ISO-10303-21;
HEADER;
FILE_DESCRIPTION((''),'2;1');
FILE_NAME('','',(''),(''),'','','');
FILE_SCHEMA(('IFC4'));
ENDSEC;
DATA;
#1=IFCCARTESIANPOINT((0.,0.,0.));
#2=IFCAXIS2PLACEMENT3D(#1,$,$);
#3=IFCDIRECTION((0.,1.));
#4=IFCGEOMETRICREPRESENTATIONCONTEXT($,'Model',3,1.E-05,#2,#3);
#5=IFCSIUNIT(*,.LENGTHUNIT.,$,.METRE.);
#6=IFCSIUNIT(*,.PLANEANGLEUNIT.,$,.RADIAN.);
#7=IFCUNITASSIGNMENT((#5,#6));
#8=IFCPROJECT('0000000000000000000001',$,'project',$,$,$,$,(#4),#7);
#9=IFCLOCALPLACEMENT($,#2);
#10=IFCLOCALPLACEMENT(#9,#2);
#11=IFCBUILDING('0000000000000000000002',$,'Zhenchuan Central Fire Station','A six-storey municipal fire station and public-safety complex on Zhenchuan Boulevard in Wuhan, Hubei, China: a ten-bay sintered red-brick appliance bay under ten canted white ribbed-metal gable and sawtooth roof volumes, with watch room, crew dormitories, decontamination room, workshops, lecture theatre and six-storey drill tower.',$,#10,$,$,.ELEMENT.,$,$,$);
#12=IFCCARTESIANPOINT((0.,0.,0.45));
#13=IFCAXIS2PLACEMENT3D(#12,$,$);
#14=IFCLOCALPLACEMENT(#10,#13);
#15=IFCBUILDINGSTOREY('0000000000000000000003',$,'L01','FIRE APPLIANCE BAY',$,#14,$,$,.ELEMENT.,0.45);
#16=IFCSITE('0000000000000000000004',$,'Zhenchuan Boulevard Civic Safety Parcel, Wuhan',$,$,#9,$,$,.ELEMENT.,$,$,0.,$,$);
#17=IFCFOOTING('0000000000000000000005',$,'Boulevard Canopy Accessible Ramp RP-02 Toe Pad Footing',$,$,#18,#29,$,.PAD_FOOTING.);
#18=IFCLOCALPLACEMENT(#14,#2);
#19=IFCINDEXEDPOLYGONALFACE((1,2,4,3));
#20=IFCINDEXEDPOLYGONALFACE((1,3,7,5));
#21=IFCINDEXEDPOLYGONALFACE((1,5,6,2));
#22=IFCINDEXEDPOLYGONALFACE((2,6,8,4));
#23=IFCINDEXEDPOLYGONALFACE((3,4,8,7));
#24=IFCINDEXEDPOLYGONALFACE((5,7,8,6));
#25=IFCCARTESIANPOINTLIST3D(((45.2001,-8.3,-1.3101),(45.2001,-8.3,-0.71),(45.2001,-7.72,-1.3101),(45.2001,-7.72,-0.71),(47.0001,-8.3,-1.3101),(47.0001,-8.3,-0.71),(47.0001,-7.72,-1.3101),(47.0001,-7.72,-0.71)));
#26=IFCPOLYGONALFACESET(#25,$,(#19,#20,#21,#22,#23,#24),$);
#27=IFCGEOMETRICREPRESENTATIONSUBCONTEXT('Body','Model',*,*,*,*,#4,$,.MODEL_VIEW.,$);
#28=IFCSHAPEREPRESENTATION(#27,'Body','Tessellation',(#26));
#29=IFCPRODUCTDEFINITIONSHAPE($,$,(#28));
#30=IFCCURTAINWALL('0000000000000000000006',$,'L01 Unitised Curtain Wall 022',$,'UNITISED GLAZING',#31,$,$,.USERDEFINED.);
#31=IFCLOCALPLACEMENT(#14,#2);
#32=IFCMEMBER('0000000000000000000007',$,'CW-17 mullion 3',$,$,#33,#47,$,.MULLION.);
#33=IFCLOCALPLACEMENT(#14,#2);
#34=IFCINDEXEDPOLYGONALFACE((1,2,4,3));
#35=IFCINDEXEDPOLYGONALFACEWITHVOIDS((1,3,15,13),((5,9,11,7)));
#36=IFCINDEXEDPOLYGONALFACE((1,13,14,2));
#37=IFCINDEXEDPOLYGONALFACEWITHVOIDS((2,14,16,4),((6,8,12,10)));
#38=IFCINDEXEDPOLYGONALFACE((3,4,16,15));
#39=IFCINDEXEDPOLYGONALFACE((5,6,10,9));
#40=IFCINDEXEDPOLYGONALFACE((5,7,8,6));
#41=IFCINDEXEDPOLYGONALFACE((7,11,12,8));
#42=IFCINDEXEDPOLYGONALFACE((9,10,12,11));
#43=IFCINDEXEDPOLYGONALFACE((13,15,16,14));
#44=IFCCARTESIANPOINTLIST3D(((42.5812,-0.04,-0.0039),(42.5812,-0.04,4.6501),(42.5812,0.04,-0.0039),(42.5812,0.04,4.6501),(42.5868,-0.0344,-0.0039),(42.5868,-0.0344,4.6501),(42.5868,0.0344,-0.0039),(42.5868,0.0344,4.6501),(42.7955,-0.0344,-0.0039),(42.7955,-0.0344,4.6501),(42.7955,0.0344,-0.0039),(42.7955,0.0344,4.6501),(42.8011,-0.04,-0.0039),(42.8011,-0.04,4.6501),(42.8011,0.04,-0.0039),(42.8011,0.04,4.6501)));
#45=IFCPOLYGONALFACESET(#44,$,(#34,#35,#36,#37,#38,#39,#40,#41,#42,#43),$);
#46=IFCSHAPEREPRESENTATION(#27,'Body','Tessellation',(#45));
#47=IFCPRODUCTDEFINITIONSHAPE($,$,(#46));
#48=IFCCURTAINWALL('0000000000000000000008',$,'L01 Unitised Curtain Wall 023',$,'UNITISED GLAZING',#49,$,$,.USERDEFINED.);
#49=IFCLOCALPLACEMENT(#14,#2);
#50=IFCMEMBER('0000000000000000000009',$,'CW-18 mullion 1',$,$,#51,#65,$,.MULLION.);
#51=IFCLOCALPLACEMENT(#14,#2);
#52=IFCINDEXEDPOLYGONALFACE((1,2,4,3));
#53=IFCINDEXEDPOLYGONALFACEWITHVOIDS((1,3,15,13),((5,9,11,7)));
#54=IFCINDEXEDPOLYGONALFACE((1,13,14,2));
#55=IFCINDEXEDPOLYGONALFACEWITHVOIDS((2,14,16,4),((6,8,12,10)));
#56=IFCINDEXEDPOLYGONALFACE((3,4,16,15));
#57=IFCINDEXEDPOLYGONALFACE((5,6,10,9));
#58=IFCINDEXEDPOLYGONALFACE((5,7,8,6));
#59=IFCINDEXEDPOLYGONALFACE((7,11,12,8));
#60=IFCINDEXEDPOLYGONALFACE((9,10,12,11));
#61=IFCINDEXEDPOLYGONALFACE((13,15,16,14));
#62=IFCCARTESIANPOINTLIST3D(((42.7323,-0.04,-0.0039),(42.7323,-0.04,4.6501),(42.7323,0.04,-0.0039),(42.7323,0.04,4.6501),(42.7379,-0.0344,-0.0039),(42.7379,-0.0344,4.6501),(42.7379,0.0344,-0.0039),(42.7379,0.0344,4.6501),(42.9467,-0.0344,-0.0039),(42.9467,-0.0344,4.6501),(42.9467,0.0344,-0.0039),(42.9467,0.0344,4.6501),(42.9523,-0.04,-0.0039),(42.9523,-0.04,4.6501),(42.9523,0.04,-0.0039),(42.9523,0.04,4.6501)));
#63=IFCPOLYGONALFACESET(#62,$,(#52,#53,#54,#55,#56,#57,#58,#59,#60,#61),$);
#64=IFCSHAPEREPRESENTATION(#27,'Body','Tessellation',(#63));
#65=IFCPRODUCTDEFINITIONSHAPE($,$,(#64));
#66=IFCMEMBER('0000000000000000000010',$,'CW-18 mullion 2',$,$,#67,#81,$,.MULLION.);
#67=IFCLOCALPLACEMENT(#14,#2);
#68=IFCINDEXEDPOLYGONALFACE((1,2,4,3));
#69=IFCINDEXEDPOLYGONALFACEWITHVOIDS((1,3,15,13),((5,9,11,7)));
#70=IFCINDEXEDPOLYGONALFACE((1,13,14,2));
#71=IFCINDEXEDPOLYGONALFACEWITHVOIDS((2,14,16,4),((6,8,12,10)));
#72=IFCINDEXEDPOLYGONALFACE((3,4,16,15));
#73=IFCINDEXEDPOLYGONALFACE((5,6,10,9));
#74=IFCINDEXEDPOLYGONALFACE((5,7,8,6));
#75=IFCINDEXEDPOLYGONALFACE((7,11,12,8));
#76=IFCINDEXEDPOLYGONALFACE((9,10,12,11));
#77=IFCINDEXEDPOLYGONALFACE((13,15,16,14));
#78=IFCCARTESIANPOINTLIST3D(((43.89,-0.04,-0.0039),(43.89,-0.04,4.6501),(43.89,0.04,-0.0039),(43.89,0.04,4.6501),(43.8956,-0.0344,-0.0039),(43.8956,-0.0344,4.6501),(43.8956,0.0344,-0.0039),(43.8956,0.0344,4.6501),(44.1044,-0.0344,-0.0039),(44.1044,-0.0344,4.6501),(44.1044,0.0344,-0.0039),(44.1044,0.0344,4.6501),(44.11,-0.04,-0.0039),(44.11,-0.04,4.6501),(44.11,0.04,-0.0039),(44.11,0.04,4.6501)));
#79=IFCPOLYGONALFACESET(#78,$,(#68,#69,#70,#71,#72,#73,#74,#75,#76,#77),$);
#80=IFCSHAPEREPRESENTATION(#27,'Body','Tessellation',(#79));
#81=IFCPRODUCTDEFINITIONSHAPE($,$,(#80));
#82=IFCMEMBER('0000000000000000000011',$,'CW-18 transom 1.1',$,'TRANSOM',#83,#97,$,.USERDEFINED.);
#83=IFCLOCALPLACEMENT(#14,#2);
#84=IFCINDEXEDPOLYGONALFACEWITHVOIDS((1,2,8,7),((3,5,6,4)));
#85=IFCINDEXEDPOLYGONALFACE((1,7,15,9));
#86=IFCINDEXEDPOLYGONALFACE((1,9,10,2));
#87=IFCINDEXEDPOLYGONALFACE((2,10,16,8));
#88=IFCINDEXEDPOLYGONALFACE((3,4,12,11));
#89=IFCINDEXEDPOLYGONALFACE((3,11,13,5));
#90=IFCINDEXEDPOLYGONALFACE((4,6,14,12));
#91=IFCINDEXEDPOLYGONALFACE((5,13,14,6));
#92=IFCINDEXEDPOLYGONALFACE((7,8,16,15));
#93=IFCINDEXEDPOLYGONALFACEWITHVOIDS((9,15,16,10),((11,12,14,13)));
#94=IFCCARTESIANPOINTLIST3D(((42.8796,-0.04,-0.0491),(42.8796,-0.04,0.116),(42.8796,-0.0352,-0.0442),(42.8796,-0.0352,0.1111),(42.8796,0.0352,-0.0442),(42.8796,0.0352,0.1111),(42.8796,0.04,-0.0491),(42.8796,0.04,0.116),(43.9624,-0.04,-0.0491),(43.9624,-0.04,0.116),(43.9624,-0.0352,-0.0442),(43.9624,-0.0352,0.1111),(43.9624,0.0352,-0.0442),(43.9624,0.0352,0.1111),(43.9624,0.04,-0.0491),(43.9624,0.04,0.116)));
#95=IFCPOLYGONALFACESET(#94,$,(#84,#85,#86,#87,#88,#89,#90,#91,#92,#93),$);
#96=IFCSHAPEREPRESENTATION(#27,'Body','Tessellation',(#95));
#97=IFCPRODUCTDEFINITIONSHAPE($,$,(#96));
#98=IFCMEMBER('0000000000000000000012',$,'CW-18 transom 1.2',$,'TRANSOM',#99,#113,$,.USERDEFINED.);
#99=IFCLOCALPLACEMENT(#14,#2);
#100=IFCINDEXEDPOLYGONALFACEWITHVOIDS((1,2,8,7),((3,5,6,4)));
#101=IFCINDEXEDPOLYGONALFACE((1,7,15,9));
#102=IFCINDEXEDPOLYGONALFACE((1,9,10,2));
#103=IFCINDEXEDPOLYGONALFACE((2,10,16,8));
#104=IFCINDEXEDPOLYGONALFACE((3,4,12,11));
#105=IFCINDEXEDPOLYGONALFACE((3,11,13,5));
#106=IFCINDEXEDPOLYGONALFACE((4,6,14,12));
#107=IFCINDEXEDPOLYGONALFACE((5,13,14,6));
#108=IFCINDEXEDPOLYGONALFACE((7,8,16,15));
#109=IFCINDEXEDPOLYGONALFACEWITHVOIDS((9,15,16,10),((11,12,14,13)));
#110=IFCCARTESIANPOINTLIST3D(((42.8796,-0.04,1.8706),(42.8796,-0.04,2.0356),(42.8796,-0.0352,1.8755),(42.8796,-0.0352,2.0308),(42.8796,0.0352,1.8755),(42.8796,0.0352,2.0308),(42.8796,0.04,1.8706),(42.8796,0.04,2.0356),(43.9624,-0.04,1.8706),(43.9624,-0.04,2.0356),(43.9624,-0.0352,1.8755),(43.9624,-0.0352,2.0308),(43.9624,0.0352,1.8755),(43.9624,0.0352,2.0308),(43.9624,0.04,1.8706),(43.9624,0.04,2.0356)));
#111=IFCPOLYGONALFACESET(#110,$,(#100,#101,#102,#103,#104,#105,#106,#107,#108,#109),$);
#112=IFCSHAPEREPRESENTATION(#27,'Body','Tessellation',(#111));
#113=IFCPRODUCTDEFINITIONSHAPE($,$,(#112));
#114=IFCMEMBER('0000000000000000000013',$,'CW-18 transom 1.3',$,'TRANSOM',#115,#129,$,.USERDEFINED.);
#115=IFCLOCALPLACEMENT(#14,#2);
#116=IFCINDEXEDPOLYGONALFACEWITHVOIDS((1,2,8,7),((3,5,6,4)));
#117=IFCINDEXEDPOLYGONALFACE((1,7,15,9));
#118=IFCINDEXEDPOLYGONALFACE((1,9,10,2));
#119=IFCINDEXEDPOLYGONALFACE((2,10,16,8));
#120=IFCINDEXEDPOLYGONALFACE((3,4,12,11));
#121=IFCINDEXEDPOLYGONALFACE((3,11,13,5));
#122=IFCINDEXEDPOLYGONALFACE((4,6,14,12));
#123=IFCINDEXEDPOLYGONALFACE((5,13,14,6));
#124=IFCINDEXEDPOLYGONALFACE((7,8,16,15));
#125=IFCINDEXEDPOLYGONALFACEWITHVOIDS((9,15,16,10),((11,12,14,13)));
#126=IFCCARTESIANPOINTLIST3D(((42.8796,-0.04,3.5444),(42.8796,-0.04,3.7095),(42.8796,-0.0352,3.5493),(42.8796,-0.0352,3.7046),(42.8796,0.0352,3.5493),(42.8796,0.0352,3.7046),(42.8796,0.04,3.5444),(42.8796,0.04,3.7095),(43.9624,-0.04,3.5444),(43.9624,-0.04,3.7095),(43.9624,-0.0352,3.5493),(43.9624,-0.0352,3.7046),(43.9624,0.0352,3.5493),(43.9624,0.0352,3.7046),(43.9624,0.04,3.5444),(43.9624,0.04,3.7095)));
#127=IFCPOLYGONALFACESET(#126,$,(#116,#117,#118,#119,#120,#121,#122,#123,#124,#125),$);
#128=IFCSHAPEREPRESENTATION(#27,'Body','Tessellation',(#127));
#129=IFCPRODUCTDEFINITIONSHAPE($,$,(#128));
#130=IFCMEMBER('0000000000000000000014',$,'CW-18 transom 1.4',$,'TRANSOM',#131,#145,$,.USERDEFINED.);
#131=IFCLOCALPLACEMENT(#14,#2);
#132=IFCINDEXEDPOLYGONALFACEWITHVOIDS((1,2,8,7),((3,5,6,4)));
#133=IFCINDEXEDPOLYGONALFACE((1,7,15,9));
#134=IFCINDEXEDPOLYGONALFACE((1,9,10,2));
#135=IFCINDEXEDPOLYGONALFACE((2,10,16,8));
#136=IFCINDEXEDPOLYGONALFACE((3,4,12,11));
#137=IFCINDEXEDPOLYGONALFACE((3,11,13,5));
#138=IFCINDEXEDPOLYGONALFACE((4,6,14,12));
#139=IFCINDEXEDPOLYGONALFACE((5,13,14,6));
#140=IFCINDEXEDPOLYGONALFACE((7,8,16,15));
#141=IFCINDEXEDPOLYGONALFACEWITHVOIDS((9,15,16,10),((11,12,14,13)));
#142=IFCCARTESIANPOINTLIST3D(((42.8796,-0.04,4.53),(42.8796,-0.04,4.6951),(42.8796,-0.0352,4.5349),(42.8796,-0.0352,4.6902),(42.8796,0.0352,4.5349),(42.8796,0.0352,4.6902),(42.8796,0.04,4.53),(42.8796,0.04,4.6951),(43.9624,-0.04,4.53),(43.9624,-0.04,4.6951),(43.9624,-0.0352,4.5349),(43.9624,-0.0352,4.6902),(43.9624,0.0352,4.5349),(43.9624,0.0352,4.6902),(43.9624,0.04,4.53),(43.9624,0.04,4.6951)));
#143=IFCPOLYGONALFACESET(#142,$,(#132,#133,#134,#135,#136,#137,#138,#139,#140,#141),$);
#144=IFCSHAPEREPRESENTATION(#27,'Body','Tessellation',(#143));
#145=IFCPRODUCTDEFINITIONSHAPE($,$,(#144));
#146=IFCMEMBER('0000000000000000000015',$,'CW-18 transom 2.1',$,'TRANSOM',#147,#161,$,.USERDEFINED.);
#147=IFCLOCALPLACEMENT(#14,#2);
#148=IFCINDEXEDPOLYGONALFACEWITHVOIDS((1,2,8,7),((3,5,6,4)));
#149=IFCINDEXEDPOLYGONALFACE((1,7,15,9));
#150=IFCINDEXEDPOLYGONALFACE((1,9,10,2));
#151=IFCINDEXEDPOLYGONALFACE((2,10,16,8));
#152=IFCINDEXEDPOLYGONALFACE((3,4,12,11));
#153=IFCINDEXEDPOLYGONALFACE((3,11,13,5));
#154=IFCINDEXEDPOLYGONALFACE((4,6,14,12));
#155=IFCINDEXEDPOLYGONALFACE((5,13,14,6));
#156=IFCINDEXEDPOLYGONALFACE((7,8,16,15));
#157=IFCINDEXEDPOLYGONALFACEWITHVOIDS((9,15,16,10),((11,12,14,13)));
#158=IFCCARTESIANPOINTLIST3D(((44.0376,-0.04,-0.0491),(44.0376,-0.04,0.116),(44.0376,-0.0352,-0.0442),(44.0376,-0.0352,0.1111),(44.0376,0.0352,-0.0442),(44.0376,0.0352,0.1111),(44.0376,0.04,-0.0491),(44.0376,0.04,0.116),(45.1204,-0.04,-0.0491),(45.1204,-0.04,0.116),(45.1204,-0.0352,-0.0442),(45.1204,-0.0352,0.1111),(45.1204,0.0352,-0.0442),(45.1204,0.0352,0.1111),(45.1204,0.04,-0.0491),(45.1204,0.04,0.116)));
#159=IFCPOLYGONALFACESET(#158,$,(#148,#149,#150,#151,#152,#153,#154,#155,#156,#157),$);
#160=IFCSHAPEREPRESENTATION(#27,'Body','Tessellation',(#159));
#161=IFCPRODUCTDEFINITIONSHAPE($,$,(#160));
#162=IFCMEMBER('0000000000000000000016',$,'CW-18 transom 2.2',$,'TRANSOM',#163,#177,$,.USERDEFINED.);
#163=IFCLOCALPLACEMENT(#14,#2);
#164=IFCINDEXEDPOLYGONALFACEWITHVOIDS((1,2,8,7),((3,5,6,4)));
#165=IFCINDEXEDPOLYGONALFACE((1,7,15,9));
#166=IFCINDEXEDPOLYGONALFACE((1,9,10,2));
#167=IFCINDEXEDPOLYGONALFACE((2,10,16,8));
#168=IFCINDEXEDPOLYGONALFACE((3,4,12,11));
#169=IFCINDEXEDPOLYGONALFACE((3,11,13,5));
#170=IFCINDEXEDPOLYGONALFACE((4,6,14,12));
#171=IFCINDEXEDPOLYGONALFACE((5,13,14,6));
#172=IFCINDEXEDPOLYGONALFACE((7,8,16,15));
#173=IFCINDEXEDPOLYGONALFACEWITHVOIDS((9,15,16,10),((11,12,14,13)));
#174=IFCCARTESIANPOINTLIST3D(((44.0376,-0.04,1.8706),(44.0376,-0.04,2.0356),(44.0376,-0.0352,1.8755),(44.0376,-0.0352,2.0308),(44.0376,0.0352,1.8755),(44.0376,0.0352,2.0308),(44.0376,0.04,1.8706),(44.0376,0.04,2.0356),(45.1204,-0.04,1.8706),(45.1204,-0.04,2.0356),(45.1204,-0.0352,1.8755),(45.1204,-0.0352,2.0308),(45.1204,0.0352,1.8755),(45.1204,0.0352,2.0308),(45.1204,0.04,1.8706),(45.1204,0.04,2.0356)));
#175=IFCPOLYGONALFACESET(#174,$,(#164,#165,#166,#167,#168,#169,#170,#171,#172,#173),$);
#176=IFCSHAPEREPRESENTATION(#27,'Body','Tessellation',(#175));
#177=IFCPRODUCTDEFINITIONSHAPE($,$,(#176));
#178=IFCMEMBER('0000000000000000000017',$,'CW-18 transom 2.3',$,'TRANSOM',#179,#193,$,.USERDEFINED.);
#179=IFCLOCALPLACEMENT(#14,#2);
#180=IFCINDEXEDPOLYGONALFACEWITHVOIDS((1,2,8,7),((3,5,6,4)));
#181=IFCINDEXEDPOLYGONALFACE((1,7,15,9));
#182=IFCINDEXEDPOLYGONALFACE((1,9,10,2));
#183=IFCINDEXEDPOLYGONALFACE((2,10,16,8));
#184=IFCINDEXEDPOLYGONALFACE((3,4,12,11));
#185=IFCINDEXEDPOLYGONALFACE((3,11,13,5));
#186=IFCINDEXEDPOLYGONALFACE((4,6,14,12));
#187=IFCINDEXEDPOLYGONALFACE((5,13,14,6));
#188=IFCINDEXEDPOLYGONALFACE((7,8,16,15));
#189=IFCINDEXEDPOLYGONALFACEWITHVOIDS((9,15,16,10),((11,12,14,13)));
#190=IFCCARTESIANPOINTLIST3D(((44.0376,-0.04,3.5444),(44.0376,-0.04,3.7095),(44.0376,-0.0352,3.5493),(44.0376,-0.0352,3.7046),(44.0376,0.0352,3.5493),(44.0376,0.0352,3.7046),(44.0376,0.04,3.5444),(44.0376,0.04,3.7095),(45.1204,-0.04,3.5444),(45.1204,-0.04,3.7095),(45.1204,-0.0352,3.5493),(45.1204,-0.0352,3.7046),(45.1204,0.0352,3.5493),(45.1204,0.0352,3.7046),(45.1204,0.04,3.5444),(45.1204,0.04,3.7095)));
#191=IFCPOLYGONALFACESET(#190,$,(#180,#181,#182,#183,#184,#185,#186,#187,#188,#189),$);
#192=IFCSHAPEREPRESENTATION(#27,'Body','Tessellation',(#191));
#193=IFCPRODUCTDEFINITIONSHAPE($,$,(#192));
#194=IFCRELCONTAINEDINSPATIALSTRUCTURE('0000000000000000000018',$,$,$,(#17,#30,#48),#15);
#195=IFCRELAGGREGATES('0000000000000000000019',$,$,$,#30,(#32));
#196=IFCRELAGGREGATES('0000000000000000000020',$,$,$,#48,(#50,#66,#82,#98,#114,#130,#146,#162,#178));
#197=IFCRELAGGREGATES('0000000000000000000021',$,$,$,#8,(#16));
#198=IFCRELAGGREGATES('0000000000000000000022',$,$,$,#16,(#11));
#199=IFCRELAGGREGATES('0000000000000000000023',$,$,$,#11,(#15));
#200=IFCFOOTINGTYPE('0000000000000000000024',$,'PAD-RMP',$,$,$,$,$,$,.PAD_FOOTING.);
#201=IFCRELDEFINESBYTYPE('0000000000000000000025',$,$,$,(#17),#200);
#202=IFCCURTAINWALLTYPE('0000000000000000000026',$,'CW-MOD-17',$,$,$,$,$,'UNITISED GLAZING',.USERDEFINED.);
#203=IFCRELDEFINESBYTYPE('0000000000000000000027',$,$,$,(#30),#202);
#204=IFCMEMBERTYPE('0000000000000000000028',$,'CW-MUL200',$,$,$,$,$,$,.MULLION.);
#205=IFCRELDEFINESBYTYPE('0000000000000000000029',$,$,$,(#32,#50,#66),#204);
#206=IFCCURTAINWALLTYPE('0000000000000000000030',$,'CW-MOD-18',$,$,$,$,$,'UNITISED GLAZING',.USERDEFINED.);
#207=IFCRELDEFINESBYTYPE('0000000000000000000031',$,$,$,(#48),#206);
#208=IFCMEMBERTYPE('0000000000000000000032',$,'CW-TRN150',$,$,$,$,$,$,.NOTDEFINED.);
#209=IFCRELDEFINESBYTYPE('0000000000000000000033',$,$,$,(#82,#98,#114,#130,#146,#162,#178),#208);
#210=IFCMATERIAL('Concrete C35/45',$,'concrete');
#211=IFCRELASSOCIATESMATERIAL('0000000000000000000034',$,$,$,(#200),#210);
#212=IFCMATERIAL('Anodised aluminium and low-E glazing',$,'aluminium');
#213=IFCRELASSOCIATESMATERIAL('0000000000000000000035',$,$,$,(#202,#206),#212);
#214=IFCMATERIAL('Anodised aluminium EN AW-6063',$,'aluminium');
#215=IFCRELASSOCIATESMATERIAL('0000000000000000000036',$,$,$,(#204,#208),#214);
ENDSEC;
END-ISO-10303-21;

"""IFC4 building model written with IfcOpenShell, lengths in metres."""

from ifc_helpers import new_model, si_unit, direction, frame, origin, origin_2d, place, context, subcontext, project, spatial, rectangle, hollow_rectangle, extrude, material, material_profile, profile_set, type_object, element, aggregate, save


model = new_model("IFC4")

# Units and contexts
model_context = context("Model", 3, precision=1e-05, world=origin(), true_north=direction((0.0, 1.0)))
body_context = subcontext(model_context, "Body", "Model", "MODEL_VIEW")
ifc_project = project(units=[si_unit("LENGTHUNIT", "METRE"), si_unit("PLANEANGLEUNIT", "RADIAN")], contexts=[model_context])

# Site, building, storey
site_placement = place(None, origin())
site = spatial("IfcSite", under=ifc_project, at=site_placement, Name="Zhenchuan Boulevard Civic Safety Parcel, Wuhan", CompositionType="ELEMENT", RefElevation=0.0)
building_placement = place(site_placement, origin())
building = spatial("IfcBuilding", under=site, at=building_placement, Name="Zhenchuan Central Fire Station", Description="A six-storey municipal fire station and public-safety complex on Zhenchuan Boulevard in Wuhan, Hubei, China: a ten-bay sintered red-brick appliance bay under ten canted white ribbed-metal gable and sawtooth roof volumes, with watch room, crew dormitories, decontamination room, workshops, lecture theatre and six-storey drill tower.", CompositionType="ELEMENT")
storey_placement = place(building_placement, frame((0.0, 0.0, 0.45)))
storey = spatial("IfcBuildingStorey", under=building, at=storey_placement, Name="L01", Description="FIRE APPLIANCE BAY", CompositionType="ELEMENT", Elevation=0.45)

# Footing
ifc_material_1 = material(Name="Concrete C35/45", Category="concrete")
footing_type = type_object("IfcFootingType", Name="PAD-RMP", PredefinedType="PAD_FOOTING", material=ifc_material_1)
footing_placement = place(storey_placement, frame((46.1001, -8.01, -1.3101), z_axis=(0.0, 0.0, 1.0), x_axis=(1.0, 0.0, 0.0)))
element("IfcFooting", 1, at=footing_placement, inside=storey, type_object=footing_type, Name="Boulevard Canopy Accessible Ramp RP-02 Toe Pad Footing", PredefinedType="PAD_FOOTING", context=body_context, shape_type="SweptSolid", body=[
    extrude(rectangle(XDim=1.8, YDim=0.5801, at=origin_2d()), origin(), (0.0, 0.0, 1.0), 0.6001),
])

# Curtain wall, member
ifc_material_2 = material(Name="Anodised aluminium and low-E glazing", Category="aluminium")
curtain_wall_type_1 = type_object("IfcCurtainWallType", Name="CW-MOD-17", ElementType="UNITISED GLAZING", PredefinedType="USERDEFINED", material=ifc_material_2)
curtain_wall_1_placement = place(storey_placement, origin())
curtain_wall_1 = element("IfcCurtainWall", 2, at=curtain_wall_1_placement, inside=storey, type_object=curtain_wall_type_1, Name="L01 Unitised Curtain Wall 022", ObjectType="UNITISED GLAZING", PredefinedType="USERDEFINED")
ifc_material_3 = material(Name="Anodised aluminium EN AW-6063", Category="aluminium")
ifc_material_profile_1 = material_profile(ifc_material_3, hollow_rectangle(XDim=0.0801, YDim=0.22, WallThickness=0.0056, at=origin_2d()), Name="ALU-M 220x80")
ifc_profile_set_1 = profile_set([ifc_material_profile_1], Name="Anodised aluminium EN AW-6063")
member_type_1 = type_object("IfcMemberType", Name="CW-MUL200", PredefinedType="MULLION", material=ifc_profile_set_1)
member_1_placement = place(storey_placement, frame((42.6912, 0.0, -0.0039), z_axis=(0.0, 0.0, 1.0), x_axis=(0.0, 1.0, 0.0)))
member_1 = element("IfcMember", 3, at=member_1_placement, type_object=member_type_1, Name="CW-17 mullion 3", PredefinedType="MULLION", context=body_context, shape_type="SweptSolid", body=[
    extrude(hollow_rectangle(XDim=0.0801, YDim=0.22, WallThickness=0.0056, at=origin_2d()), origin(), (0.0, 0.0, 1.0), 4.6541),
])

# Curtain wall, members
curtain_wall_type_2 = type_object("IfcCurtainWallType", Name="CW-MOD-18", ElementType="UNITISED GLAZING", PredefinedType="USERDEFINED", material=ifc_material_2)
curtain_wall_2_placement = place(storey_placement, origin())
curtain_wall_2 = element("IfcCurtainWall", 4, at=curtain_wall_2_placement, inside=storey, type_object=curtain_wall_type_2, Name="L01 Unitised Curtain Wall 023", ObjectType="UNITISED GLAZING", PredefinedType="USERDEFINED")
member_2_placement = place(storey_placement, frame((42.8423, 0.0, -0.0039), z_axis=(0.0, 0.0, 1.0), x_axis=(0.0, 1.0, 0.0)))
member_2 = element("IfcMember", 5, at=member_2_placement, type_object=member_type_1, Name="CW-18 mullion 1", PredefinedType="MULLION", context=body_context, shape_type="SweptSolid", body=[
    extrude(hollow_rectangle(XDim=0.0801, YDim=0.22, WallThickness=0.0056, at=origin_2d()), origin(), (0.0, 0.0, 1.0), 4.6541),
])
member_3_placement = place(storey_placement, frame((44.0, 0.0, -0.0039), z_axis=(0.0, 0.0, 1.0), x_axis=(0.0, 1.0, 0.0)))
member_3 = element("IfcMember", 6, at=member_3_placement, type_object=member_type_1, Name="CW-18 mullion 2", PredefinedType="MULLION", context=body_context, shape_type="SweptSolid", body=[
    extrude(hollow_rectangle(XDim=0.0801, YDim=0.22, WallThickness=0.0056, at=origin_2d()), origin(), (0.0, 0.0, 1.0), 4.6541),
])
ifc_material_profile_2 = material_profile(ifc_material_3, hollow_rectangle(XDim=0.0801, YDim=0.165, WallThickness=0.0049, at=origin_2d()), Name="ALU-T 165x80")
ifc_profile_set_2 = profile_set([ifc_material_profile_2], Name="Anodised aluminium EN AW-6063")
member_type_2 = type_object("IfcMemberType", Name="CW-TRN150", PredefinedType="NOTDEFINED", material=ifc_profile_set_2)
member_4_placement = place(storey_placement, frame((42.8796, 0.0, 0.0334), z_axis=(1.0, 0.0, 0.0), x_axis=(0.0, 1.0, 0.0)))
member_4 = element("IfcMember", 7, at=member_4_placement, type_object=member_type_2, Name="CW-18 transom 1.1", ObjectType="TRANSOM", PredefinedType="USERDEFINED", context=body_context, shape_type="SweptSolid", body=[
    extrude(hollow_rectangle(XDim=0.0801, YDim=0.165, WallThickness=0.0049, at=origin_2d()), origin(), (0.0, 0.0, 1.0), 1.0828),
])
member_5_placement = place(storey_placement, frame((42.8796, 0.0, 1.9531), z_axis=(1.0, 0.0, 0.0), x_axis=(0.0, 1.0, 0.0)))
member_5 = element("IfcMember", 8, at=member_5_placement, type_object=member_type_2, Name="CW-18 transom 1.2", ObjectType="TRANSOM", PredefinedType="USERDEFINED", context=body_context, shape_type="SweptSolid", body=[
    extrude(hollow_rectangle(XDim=0.0801, YDim=0.165, WallThickness=0.0049, at=origin_2d()), origin(), (0.0, 0.0, 1.0), 1.0828),
])
member_6_placement = place(storey_placement, frame((42.8796, 0.0, 3.627), z_axis=(1.0, 0.0, 0.0), x_axis=(0.0, 1.0, 0.0)))
member_6 = element("IfcMember", 9, at=member_6_placement, type_object=member_type_2, Name="CW-18 transom 1.3", ObjectType="TRANSOM", PredefinedType="USERDEFINED", context=body_context, shape_type="SweptSolid", body=[
    extrude(hollow_rectangle(XDim=0.0801, YDim=0.165, WallThickness=0.0049, at=origin_2d()), origin(), (0.0, 0.0, 1.0), 1.0828),
])
member_7_placement = place(storey_placement, frame((42.8796, 0.0, 4.6125), z_axis=(1.0, 0.0, 0.0), x_axis=(0.0, 1.0, 0.0)))
member_7 = element("IfcMember", 10, at=member_7_placement, type_object=member_type_2, Name="CW-18 transom 1.4", ObjectType="TRANSOM", PredefinedType="USERDEFINED", context=body_context, shape_type="SweptSolid", body=[
    extrude(hollow_rectangle(XDim=0.0801, YDim=0.165, WallThickness=0.0049, at=origin_2d()), origin(), (0.0, 0.0, 1.0), 1.0828),
])
member_8_placement = place(storey_placement, frame((44.0376, 0.0, 0.0334), z_axis=(1.0, 0.0, 0.0), x_axis=(0.0, 1.0, 0.0)))
member_8 = element("IfcMember", 11, at=member_8_placement, type_object=member_type_2, Name="CW-18 transom 2.1", ObjectType="TRANSOM", PredefinedType="USERDEFINED", context=body_context, shape_type="SweptSolid", body=[
    extrude(hollow_rectangle(XDim=0.0801, YDim=0.165, WallThickness=0.0049, at=origin_2d()), origin(), (0.0, 0.0, 1.0), 1.0828),
])
member_9_placement = place(storey_placement, frame((44.0376, 0.0, 1.9531), z_axis=(1.0, 0.0, 0.0), x_axis=(0.0, 1.0, 0.0)))
member_9 = element("IfcMember", 12, at=member_9_placement, type_object=member_type_2, Name="CW-18 transom 2.2", ObjectType="TRANSOM", PredefinedType="USERDEFINED", context=body_context, shape_type="SweptSolid", body=[
    extrude(hollow_rectangle(XDim=0.0801, YDim=0.165, WallThickness=0.0049, at=origin_2d()), origin(), (0.0, 0.0, 1.0), 1.0828),
])
member_10_placement = place(storey_placement, frame((44.0376, 0.0, 3.627), z_axis=(1.0, 0.0, 0.0), x_axis=(0.0, 1.0, 0.0)))
member_10 = element("IfcMember", 13, at=member_10_placement, type_object=member_type_2, Name="CW-18 transom 2.3", ObjectType="TRANSOM", PredefinedType="USERDEFINED", context=body_context, shape_type="SweptSolid", body=[
    extrude(hollow_rectangle(XDim=0.0801, YDim=0.165, WallThickness=0.0049, at=origin_2d()), origin(), (0.0, 0.0, 1.0), 1.0828),
])

aggregate(curtain_wall_1, [member_1])
aggregate(curtain_wall_2, [member_2, member_3, member_4, member_5, member_6, member_7, member_8, member_9, member_10])

save(model, "model.ifc")
